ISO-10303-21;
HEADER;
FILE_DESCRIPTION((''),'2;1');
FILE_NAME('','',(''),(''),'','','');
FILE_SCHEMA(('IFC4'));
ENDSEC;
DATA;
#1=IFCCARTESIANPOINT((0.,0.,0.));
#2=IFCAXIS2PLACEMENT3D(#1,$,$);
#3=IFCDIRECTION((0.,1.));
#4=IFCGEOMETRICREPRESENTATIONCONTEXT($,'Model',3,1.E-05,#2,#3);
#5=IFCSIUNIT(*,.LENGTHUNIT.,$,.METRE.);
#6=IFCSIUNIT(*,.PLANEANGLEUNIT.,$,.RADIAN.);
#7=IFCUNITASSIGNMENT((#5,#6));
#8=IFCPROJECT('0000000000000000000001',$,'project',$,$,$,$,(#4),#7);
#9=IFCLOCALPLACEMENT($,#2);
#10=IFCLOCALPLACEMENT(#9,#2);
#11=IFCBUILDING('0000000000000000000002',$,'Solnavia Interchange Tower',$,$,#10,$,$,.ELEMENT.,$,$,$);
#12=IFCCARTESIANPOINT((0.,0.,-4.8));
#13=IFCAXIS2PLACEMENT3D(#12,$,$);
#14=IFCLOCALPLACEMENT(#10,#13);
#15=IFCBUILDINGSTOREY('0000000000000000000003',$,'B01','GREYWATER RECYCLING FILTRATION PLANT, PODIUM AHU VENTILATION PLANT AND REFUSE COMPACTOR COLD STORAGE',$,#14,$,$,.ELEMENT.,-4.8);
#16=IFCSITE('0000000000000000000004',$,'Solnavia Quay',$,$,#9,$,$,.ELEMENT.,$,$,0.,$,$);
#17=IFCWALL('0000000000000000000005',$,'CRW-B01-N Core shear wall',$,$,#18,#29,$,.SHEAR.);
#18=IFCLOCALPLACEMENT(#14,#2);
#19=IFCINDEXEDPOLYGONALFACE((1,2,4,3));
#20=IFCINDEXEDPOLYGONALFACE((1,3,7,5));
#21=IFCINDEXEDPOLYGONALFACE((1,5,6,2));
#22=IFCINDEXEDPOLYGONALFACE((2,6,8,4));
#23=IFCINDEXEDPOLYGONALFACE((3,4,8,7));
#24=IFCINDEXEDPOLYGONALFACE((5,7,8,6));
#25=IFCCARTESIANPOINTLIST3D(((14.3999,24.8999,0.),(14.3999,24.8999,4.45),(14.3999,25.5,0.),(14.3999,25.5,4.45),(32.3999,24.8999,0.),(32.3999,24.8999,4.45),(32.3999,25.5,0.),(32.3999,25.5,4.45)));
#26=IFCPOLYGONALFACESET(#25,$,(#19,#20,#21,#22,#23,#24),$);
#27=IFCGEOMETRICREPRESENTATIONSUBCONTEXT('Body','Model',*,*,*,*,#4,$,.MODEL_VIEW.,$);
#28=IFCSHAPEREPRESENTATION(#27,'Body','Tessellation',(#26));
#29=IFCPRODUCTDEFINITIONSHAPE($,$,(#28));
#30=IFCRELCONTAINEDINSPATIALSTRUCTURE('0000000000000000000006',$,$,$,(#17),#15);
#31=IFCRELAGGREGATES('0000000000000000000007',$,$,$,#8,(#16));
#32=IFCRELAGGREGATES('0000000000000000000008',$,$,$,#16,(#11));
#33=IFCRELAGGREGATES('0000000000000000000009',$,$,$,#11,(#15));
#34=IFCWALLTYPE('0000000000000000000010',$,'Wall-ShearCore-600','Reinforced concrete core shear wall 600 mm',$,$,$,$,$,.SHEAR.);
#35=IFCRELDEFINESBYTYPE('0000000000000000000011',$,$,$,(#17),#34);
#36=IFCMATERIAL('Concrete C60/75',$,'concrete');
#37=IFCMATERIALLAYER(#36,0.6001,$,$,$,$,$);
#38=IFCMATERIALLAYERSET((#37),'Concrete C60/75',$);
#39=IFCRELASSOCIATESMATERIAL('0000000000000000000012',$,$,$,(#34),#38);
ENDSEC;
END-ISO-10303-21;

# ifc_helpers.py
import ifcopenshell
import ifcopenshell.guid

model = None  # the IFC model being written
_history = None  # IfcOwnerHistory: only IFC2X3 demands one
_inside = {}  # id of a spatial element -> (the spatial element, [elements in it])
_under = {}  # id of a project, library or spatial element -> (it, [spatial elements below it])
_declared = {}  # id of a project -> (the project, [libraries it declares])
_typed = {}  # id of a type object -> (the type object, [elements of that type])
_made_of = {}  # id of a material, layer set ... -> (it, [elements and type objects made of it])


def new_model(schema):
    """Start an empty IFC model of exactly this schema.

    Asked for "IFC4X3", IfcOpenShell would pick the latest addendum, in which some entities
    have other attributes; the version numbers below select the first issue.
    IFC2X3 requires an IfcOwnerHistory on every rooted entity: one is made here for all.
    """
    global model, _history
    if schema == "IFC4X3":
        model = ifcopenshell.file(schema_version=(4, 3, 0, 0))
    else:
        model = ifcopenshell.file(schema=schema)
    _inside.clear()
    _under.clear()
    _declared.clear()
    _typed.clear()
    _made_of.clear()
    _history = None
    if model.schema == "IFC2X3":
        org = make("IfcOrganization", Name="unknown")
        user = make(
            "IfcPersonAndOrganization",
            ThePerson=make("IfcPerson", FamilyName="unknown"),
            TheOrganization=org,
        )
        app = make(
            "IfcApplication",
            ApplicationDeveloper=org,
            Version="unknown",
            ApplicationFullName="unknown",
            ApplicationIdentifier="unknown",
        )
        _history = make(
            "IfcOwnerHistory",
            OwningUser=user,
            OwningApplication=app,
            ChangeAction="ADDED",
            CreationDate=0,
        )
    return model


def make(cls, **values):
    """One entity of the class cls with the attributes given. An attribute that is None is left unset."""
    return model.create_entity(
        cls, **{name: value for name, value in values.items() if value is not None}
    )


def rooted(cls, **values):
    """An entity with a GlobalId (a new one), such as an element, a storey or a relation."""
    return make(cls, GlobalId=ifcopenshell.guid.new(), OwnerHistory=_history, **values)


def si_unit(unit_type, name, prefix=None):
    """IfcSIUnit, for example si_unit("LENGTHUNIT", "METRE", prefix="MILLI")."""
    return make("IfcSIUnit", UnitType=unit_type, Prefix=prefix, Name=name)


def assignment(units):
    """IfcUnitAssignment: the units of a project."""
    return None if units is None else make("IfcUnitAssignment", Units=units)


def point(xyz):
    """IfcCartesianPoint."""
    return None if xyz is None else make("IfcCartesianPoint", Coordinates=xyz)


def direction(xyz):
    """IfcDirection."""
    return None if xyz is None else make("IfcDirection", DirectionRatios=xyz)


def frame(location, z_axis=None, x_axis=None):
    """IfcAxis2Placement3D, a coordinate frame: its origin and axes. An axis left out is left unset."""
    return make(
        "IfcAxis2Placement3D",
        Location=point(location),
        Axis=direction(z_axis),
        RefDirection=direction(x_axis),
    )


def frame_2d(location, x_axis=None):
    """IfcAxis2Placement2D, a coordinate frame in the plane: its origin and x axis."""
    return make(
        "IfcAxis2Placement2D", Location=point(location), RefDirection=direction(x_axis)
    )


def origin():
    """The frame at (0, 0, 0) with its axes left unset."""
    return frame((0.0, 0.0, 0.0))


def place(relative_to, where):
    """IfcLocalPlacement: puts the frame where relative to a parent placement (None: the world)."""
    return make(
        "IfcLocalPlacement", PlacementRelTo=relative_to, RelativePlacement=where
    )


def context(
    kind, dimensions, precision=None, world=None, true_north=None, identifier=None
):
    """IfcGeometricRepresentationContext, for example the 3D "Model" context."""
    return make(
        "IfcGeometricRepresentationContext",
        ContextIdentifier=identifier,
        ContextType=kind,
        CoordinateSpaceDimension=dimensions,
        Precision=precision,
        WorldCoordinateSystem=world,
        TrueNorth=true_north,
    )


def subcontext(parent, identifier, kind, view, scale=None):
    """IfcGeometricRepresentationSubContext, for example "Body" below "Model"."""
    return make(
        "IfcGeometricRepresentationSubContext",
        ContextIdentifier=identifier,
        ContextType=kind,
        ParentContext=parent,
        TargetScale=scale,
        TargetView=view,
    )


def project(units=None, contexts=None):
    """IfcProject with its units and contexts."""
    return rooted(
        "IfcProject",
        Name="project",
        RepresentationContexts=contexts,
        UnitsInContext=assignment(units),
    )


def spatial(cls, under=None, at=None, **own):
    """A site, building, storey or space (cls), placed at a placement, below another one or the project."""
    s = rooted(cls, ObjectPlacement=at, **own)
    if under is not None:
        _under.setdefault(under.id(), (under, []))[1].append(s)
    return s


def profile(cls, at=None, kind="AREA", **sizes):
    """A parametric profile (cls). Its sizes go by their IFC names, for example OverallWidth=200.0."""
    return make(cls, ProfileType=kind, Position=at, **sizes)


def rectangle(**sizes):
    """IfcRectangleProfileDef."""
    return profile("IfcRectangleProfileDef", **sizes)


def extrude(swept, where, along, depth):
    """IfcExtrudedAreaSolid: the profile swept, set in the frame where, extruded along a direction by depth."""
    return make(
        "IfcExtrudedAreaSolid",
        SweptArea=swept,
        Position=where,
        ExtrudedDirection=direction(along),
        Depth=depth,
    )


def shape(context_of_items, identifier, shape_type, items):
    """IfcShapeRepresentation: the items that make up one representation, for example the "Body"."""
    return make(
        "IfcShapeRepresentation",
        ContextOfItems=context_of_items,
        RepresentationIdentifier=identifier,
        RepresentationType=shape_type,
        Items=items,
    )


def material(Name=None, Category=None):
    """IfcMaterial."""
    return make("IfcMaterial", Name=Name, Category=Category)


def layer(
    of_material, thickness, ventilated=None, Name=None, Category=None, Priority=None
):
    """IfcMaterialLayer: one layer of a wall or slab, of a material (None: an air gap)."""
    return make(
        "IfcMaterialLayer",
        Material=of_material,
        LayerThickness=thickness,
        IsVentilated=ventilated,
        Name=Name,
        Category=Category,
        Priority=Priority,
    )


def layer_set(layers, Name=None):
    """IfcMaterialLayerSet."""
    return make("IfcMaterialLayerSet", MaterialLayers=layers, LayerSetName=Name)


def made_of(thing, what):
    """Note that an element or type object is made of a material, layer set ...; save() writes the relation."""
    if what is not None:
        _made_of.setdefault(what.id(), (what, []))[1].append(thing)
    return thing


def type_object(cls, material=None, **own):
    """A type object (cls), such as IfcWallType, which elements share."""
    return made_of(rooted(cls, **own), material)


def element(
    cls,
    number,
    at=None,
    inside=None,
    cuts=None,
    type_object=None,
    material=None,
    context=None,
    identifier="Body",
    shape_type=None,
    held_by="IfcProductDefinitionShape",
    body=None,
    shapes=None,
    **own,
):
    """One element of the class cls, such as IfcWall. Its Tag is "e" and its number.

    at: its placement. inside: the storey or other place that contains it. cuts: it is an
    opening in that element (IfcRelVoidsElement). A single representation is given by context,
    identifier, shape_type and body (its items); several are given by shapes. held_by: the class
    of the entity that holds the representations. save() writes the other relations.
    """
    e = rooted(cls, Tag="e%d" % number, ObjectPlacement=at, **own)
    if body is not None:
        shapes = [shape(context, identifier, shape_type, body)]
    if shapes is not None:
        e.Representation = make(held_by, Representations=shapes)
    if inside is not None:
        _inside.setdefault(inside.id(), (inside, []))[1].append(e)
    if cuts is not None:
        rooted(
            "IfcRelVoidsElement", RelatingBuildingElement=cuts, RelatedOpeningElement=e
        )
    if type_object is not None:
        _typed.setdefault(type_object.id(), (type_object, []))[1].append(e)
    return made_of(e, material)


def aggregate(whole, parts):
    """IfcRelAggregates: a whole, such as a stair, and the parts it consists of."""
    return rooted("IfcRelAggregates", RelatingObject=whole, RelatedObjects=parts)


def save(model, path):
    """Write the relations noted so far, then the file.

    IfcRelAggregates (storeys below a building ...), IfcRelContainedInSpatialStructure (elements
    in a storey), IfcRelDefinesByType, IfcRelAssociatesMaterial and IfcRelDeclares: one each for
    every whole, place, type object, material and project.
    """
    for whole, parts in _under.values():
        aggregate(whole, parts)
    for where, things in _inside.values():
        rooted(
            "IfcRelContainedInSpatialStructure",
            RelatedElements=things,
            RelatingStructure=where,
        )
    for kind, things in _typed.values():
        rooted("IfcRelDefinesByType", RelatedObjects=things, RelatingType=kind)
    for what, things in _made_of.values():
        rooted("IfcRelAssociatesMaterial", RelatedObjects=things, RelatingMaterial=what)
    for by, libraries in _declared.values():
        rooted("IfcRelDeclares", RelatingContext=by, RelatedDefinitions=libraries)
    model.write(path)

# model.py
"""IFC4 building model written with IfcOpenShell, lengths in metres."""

from ifc_helpers import new_model, si_unit, direction, frame, frame_2d, origin, place, context, subcontext, project, spatial, rectangle, extrude, material, layer, layer_set, type_object, element, save


model = new_model("IFC4")

# Units and contexts
model_context = context("Model", 3, precision=1e-05, world=origin(), true_north=direction((0.0, 1.0)))
body_context = subcontext(model_context, "Body", "Model", "MODEL_VIEW")
ifc_project = project(units=[si_unit("LENGTHUNIT", "METRE"), si_unit("PLANEANGLEUNIT", "RADIAN")], contexts=[model_context])

# Site, building, storey
site_placement = place(None, origin())
site = spatial("IfcSite", under=ifc_project, at=site_placement, Name="Solnavia Quay", CompositionType="ELEMENT", RefElevation=0.0)
building_placement = place(site_placement, origin())
building = spatial("IfcBuilding", under=site, at=building_placement, Name="Solnavia Interchange Tower", CompositionType="ELEMENT")
storey_placement = place(building_placement, frame((0.0, 0.0, -4.8)))
storey = spatial("IfcBuildingStorey", under=building, at=storey_placement, Name="B01", Description="GREYWATER RECYCLING FILTRATION PLANT, PODIUM AHU VENTILATION PLANT AND REFUSE COMPACTOR COLD STORAGE", CompositionType="ELEMENT", Elevation=-4.8)

# Shared definitions
ifc_material_1 = material(Name="Concrete C60/75", Category="concrete")

# Wall
ifc_layer_1 = layer(ifc_material_1, 0.6001)
ifc_layer_set_1 = layer_set([ifc_layer_1], Name="Concrete C60/75")
wall_type_1 = type_object("IfcWallType", Name="Wall-ShearCore-600", Description="Reinforced concrete core shear wall 600 mm", PredefinedType="SHEAR", material=ifc_layer_set_1)
wall_1_placement = place(storey_placement, frame((14.3999, 25.2, 0.0), z_axis=(0.0, 0.0, 1.0), x_axis=(1.0, 0.0, 0.0)))
element("IfcWall", 1, at=wall_1_placement, inside=storey, type_object=wall_type_1, Name="CRW-B01-N Core shear wall", PredefinedType="SHEAR", context=body_context, shape_type="SweptSolid", body=[
    extrude(rectangle(XDim=18.0, YDim=0.6001, at=frame_2d((9.0, 0.0))), origin(), (0.0, 0.0, 1.0), 4.45),
])

save(model, "model.ifc")
